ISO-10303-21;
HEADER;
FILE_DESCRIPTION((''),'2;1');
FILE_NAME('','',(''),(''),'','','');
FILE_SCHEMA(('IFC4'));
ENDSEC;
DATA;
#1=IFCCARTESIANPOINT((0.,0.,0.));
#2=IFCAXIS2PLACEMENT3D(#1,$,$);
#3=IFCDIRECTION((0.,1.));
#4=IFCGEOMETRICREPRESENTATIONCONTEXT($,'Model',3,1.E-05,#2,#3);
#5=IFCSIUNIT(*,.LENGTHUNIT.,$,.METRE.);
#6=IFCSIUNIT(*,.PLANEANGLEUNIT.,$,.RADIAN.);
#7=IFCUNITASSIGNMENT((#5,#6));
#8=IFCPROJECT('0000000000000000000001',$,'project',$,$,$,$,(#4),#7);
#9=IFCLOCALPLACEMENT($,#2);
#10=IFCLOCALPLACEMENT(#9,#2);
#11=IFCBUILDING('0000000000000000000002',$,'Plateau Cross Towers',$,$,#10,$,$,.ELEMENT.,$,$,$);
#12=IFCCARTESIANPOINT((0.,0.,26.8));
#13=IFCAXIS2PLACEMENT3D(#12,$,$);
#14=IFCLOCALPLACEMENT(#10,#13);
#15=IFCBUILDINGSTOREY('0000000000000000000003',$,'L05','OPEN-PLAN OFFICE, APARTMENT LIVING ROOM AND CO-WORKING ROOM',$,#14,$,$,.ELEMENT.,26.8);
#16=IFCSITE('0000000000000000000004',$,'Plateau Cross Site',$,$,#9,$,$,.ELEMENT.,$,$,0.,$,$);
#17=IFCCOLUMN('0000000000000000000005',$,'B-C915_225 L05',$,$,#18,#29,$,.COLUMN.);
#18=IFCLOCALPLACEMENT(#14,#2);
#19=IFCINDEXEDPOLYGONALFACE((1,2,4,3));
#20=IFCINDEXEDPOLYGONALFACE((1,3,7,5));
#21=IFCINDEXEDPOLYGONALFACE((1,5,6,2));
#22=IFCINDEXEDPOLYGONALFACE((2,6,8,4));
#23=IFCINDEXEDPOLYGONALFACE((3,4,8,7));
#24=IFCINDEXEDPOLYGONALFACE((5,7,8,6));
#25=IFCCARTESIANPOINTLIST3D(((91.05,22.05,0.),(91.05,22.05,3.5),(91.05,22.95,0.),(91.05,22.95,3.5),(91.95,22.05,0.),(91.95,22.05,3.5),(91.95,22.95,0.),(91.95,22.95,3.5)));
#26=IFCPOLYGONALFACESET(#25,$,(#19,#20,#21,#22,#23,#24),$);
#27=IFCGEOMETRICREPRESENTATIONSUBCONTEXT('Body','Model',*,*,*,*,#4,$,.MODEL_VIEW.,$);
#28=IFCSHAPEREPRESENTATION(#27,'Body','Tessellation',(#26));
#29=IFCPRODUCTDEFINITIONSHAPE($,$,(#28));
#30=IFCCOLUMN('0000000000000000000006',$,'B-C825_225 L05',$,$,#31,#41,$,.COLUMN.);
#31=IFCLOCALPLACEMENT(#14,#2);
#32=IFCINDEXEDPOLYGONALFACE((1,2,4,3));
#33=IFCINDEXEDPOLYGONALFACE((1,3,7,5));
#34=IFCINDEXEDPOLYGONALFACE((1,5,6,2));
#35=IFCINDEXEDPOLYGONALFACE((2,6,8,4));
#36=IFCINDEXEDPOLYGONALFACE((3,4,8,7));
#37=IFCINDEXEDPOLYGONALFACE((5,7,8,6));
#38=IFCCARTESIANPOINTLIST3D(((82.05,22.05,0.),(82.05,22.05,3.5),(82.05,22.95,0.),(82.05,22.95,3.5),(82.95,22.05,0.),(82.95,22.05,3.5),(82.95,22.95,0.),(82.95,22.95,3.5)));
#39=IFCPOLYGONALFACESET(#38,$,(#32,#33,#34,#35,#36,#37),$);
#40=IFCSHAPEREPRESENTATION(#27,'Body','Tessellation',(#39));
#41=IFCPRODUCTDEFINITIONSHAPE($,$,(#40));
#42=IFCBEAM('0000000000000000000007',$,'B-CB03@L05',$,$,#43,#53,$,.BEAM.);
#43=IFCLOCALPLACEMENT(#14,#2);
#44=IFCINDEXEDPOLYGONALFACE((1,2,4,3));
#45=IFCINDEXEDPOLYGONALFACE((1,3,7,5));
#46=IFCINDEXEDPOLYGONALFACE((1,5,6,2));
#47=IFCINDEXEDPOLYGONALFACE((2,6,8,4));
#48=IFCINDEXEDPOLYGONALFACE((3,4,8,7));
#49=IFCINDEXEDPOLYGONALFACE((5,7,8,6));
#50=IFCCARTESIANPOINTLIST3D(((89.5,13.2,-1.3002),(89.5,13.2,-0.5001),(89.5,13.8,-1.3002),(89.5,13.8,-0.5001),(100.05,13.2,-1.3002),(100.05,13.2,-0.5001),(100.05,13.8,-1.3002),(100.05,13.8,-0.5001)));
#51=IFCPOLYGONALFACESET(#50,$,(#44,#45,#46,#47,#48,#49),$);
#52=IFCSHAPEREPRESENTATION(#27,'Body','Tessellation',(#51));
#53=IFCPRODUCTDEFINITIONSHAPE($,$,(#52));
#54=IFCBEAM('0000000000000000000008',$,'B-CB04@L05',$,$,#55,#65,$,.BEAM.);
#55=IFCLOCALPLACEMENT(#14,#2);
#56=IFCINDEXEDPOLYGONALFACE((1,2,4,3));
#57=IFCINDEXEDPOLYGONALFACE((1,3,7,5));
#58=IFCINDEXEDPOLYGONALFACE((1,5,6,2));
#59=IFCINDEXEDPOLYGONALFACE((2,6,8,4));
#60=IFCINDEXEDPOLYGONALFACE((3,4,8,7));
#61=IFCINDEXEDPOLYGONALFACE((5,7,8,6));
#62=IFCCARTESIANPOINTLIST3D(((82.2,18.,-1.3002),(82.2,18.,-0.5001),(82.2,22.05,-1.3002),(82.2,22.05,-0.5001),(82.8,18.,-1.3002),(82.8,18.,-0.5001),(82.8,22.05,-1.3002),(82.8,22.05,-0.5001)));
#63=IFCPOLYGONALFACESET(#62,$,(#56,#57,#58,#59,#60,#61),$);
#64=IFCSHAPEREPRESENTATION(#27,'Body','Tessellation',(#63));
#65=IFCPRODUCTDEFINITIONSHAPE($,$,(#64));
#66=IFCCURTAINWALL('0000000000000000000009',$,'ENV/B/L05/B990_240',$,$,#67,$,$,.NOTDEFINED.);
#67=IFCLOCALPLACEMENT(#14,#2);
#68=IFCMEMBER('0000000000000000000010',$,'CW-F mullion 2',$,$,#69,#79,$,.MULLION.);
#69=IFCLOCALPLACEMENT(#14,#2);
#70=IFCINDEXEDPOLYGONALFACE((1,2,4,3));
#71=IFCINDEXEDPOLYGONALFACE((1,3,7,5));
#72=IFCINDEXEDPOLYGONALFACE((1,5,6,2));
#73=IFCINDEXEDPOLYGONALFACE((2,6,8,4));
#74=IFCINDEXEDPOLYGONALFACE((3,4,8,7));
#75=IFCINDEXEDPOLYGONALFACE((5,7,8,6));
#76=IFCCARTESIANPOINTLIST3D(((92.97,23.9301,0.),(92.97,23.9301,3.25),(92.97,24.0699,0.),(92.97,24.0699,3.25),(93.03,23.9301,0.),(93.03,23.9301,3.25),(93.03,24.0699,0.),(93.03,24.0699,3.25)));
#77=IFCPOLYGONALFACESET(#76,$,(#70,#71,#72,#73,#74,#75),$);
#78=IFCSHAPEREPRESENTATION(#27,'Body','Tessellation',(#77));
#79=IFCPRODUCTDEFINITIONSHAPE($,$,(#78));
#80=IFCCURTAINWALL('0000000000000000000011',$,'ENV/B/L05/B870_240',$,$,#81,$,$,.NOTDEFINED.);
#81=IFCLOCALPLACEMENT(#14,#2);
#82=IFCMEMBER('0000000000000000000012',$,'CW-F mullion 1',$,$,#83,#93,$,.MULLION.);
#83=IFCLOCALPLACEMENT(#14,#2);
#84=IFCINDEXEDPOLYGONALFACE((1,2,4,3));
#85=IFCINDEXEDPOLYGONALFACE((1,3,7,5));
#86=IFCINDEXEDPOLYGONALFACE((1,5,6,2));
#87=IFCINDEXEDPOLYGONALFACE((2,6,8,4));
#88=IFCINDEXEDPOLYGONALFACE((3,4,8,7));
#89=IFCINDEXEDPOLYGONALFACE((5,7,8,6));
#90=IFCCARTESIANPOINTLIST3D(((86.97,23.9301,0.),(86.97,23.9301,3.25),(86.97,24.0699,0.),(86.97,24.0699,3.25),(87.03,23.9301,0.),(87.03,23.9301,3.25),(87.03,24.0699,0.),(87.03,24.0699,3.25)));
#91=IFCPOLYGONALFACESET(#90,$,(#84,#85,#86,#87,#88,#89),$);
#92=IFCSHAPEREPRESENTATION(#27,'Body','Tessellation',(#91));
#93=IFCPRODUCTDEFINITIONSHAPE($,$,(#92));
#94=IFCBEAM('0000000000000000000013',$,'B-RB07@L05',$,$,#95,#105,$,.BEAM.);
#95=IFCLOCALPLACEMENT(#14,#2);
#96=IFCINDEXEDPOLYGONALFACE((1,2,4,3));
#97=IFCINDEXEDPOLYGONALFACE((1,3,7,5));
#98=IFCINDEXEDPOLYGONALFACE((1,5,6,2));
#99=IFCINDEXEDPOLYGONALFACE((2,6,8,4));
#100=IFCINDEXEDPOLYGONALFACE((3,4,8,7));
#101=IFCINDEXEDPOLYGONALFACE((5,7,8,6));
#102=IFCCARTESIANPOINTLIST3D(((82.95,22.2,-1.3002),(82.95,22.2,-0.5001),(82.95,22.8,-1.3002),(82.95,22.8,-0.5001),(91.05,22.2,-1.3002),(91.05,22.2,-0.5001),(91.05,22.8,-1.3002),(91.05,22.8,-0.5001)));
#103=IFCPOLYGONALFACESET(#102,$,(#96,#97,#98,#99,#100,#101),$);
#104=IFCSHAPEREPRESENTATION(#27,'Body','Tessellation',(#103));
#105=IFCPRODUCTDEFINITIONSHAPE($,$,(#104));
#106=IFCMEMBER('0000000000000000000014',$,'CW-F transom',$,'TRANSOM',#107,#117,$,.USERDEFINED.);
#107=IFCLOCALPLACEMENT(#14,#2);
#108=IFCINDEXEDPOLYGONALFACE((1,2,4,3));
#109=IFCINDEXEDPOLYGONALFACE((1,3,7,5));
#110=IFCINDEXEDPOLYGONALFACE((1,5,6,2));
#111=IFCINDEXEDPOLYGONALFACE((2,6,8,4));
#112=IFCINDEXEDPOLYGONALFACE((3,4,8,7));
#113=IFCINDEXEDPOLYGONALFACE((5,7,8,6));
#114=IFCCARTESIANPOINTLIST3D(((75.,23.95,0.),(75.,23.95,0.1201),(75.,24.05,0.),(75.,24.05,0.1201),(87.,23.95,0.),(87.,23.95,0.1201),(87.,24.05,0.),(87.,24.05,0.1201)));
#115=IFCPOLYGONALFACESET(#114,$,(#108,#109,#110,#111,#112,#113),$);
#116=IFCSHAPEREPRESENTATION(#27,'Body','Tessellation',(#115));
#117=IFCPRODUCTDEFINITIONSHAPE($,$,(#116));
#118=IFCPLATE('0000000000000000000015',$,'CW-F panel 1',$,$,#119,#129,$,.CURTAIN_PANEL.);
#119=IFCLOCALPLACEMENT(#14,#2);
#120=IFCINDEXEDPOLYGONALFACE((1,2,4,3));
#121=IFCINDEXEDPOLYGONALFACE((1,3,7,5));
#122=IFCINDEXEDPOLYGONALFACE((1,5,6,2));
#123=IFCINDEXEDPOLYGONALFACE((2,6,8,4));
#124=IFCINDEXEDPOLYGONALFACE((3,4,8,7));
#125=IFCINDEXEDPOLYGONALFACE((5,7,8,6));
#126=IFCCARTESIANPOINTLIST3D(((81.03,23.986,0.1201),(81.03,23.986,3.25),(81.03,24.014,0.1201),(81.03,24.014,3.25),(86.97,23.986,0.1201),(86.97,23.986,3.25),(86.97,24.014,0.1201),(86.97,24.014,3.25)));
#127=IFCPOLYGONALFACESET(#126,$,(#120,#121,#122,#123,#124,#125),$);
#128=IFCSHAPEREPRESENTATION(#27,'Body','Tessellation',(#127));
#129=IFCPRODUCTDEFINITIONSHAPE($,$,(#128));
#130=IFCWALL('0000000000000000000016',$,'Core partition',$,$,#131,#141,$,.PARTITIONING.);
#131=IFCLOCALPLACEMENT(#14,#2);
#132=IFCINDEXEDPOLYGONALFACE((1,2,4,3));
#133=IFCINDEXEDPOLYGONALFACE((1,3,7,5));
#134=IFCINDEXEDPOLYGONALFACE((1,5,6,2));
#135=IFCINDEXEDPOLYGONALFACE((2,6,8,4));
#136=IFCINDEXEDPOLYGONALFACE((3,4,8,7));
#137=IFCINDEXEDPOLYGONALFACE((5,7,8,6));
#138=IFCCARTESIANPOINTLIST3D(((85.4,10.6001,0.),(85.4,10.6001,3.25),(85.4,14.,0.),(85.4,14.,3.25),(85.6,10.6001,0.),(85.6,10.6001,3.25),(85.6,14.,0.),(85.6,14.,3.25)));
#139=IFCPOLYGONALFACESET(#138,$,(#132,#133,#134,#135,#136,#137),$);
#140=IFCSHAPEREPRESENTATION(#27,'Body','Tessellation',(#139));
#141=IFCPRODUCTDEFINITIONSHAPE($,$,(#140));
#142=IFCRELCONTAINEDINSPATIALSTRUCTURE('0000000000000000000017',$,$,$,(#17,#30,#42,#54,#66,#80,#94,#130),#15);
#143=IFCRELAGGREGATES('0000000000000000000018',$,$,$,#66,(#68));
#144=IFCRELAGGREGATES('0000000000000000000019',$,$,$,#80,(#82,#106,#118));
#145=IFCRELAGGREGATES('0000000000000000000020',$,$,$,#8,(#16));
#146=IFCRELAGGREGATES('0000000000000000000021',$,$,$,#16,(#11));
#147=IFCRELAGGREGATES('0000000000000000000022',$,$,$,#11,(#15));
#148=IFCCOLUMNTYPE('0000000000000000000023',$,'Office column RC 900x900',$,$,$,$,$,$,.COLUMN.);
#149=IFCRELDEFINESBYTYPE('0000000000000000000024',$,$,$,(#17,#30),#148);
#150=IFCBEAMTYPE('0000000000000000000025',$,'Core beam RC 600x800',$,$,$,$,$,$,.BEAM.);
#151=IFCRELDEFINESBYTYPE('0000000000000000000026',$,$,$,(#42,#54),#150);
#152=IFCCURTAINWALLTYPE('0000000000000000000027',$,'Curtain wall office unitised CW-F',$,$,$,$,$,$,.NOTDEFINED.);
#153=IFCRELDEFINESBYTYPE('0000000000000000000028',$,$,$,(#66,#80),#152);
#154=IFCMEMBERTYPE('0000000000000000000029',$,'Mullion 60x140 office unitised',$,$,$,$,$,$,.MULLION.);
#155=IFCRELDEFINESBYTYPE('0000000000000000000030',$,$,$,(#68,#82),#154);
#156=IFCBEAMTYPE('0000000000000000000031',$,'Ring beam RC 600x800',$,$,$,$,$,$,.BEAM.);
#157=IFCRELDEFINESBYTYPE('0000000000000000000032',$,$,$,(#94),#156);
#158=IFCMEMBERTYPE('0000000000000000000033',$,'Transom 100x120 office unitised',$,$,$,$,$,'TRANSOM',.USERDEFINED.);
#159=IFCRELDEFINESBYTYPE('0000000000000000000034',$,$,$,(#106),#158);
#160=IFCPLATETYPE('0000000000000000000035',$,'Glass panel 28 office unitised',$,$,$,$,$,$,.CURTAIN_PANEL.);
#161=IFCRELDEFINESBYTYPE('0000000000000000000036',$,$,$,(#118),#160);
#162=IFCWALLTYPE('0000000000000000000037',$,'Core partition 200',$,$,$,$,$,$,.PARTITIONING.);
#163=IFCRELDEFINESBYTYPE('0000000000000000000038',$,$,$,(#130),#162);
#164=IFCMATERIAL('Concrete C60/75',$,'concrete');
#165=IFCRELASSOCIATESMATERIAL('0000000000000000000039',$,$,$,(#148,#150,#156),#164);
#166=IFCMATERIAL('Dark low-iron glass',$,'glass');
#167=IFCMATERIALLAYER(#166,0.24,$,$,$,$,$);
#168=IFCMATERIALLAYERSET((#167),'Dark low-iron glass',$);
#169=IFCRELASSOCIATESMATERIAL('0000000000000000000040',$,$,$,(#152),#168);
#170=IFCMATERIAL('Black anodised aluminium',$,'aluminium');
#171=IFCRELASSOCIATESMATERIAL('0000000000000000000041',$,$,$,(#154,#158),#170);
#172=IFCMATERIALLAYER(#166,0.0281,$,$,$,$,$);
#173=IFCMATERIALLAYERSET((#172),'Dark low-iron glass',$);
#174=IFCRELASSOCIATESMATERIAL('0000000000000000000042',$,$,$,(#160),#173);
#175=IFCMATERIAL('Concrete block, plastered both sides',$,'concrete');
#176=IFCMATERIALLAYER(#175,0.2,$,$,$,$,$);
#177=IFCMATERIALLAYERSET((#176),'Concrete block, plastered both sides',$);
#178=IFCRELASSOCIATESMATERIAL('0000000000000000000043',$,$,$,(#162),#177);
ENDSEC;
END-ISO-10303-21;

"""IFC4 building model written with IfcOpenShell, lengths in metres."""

from ifc_helpers import new_model, si_unit, direction, frame, frame_2d, origin, origin_2d, place, context, subcontext, project, spatial, rectangle, extrude, material, layer, layer_set, material_profile, profile_set, type_object, element, aggregate, save


model = new_model("IFC4")

# Units and contexts
model_context = context("Model", 3, precision=1e-05, world=origin(), true_north=direction((0.0, 1.0)))
body_context = subcontext(model_context, "Body", "Model", "MODEL_VIEW")
ifc_project = project(units=[si_unit("LENGTHUNIT", "METRE"), si_unit("PLANEANGLEUNIT", "RADIAN")], contexts=[model_context])

# Site, building, storey
site_placement = place(None, origin())
site = spatial("IfcSite", under=ifc_project, at=site_placement, Name="Plateau Cross Site", CompositionType="ELEMENT", RefElevation=0.0)
building_placement = place(site_placement, origin())
building = spatial("IfcBuilding", under=site, at=building_placement, Name="Plateau Cross Towers", CompositionType="ELEMENT")
storey_placement = place(building_placement, frame((0.0, 0.0, 26.8)))
storey = spatial("IfcBuildingStorey", under=building, at=storey_placement, Name="L05", Description="OPEN-PLAN OFFICE, APARTMENT LIVING ROOM AND CO-WORKING ROOM", CompositionType="ELEMENT", Elevation=26.8)

# Columns
ifc_material_1 = material(Name="Concrete C60/75", Category="concrete")
ifc_material_profile_1 = material_profile(ifc_material_1, rectangle(XDim=0.8999, YDim=0.8999, at=origin_2d()), Name="RC 900x900")
ifc_profile_set_1 = profile_set([ifc_material_profile_1], Name="Concrete C60/75")
column_type = type_object("IfcColumnType", Name="Office column RC 900x900", PredefinedType="COLUMN", material=ifc_profile_set_1)
for number, where, z_axis, x_axis, name in (
    (1, (91.5, 22.5, 0.0), (0.0, 0.0, 1.0), (1.0, 0.0, 0.0), "B-C915_225 L05"),
    (2, (82.5, 22.5, 0.0), (0.0, 0.0, 1.0), (1.0, 0.0, 0.0), "B-C825_225 L05"),
):
    element("IfcColumn", number, at=place(storey_placement, frame(where, z_axis=z_axis, x_axis=x_axis)), inside=storey, type_object=column_type, Name=name, PredefinedType="COLUMN", context=body_context, shape_type="SweptSolid", body=[
        extrude(rectangle(XDim=0.8999, YDim=0.8999, at=origin_2d()), origin(), (0.0, 0.0, 1.0), 3.5),
    ])

# Beams
ifc_material_profile_2 = material_profile(ifc_material_1, rectangle(XDim=0.6001, YDim=0.8, at=origin_2d()), Name="RC 600x800")
ifc_profile_set_2 = profile_set([ifc_material_profile_2], Name="Concrete C60/75")
beam_type_1 = type_object("IfcBeamType", Name="Core beam RC 600x800", PredefinedType="BEAM", material=ifc_profile_set_2)
beam_1_placement = place(storey_placement, frame((89.5, 13.5, -0.9001), z_axis=(1.0, 0.0, 0.0), x_axis=(0.0, 1.0, 0.0)))
element("IfcBeam", 3, at=beam_1_placement, inside=storey, type_object=beam_type_1, Name="B-CB03@L05", PredefinedType="BEAM", context=body_context, shape_type="SweptSolid", body=[
    extrude(rectangle(XDim=0.6001, YDim=0.8, at=origin_2d()), origin(), (0.0, 0.0, 1.0), 10.55),
])
beam_2_placement = place(storey_placement, frame((82.5, 18.0, -0.9001), z_axis=(0.0, 1.0, 0.0), x_axis=(-1.0, 0.0, 0.0)))
element("IfcBeam", 4, at=beam_2_placement, inside=storey, type_object=beam_type_1, Name="B-CB04@L05", PredefinedType="BEAM", context=body_context, shape_type="SweptSolid", body=[
    extrude(rectangle(XDim=0.6001, YDim=0.8, at=origin_2d()), origin(), (0.0, 0.0, 1.0), 4.05),
])

# Curtain walls, members
ifc_material_2 = material(Name="Dark low-iron glass", Category="glass")
ifc_layer_1 = layer(ifc_material_2, 0.24)
ifc_layer_set_1 = layer_set([ifc_layer_1], Name="Dark low-iron glass")
curtain_wall_type = type_object("IfcCurtainWallType", Name="Curtain wall office unitised CW-F", PredefinedType="NOTDEFINED", material=ifc_layer_set_1)
curtain_wall_1_placement = place(storey_placement, origin())
curtain_wall_1 = element("IfcCurtainWall", 5, at=curtain_wall_1_placement, inside=storey, type_object=curtain_wall_type, Name="ENV/B/L05/B990_240", PredefinedType="NOTDEFINED")
ifc_material_3 = material(Name="Black anodised aluminium", Category="aluminium")
ifc_material_profile_3 = material_profile(ifc_material_3, rectangle(XDim=0.0601, YDim=0.1399, at=origin_2d()), Name="MULLION 60x140")
ifc_profile_set_3 = profile_set([ifc_material_profile_3], Name="Black anodised aluminium")
member_type_1 = type_object("IfcMemberType", Name="Mullion 60x140 office unitised", PredefinedType="MULLION", material=ifc_profile_set_3)
member_1_placement = place(storey_placement, frame((93.0, 24.0, 0.0), z_axis=(0.0, 0.0, 1.0), x_axis=(-1.0, 0.0, 0.0)))
member_1 = element("IfcMember", 6, at=member_1_placement, type_object=member_type_1, Name="CW-F mullion 2", PredefinedType="MULLION", context=body_context, shape_type="SweptSolid", body=[
    extrude(rectangle(XDim=0.0601, YDim=0.1399, at=origin_2d()), origin(), (0.0, 0.0, 1.0), 3.25),
])
aggregate(curtain_wall_1, [member_1])
curtain_wall_2_placement = place(storey_placement, origin())
curtain_wall_2 = element("IfcCurtainWall", 7, at=curtain_wall_2_placement, inside=storey, type_object=curtain_wall_type, Name="ENV/B/L05/B870_240", PredefinedType="NOTDEFINED")
member_2_placement = place(storey_placement, frame((87.0, 24.0, 0.0), z_axis=(0.0, 0.0, 1.0), x_axis=(-1.0, 0.0, 0.0)))
member_2 = element("IfcMember", 8, at=member_2_placement, type_object=member_type_1, Name="CW-F mullion 1", PredefinedType="MULLION", context=body_context, shape_type="SweptSolid", body=[
    extrude(rectangle(XDim=0.0601, YDim=0.1399, at=origin_2d()), origin(), (0.0, 0.0, 1.0), 3.25),
])

# Beam
ifc_material_profile_4 = material_profile(ifc_material_1, rectangle(XDim=0.6001, YDim=0.8, at=origin_2d()), Name="RC 600x800")
ifc_profile_set_4 = profile_set([ifc_material_profile_4], Name="Concrete C60/75")
beam_type_2 = type_object("IfcBeamType", Name="Ring beam RC 600x800", PredefinedType="BEAM", material=ifc_profile_set_4)
beam_3_placement = place(storey_placement, frame((91.05, 22.5, -0.9001), z_axis=(-1.0, 0.0, 0.0), x_axis=(0.0, -1.0, 0.0)))
element("IfcBeam", 9, at=beam_3_placement, inside=storey, type_object=beam_type_2, Name="B-RB07@L05", PredefinedType="BEAM", context=body_context, shape_type="SweptSolid", body=[
    extrude(rectangle(XDim=0.6001, YDim=0.8, at=origin_2d()), origin(), (0.0, 0.0, 1.0), 8.1001),
])

# Member
ifc_material_profile_5 = material_profile(ifc_material_3, rectangle(XDim=0.1001, YDim=0.1201, at=origin_2d()), Name="TRANSOM 100x120")
ifc_profile_set_5 = profile_set([ifc_material_profile_5], Name="Black anodised aluminium")
member_type_2 = type_object("IfcMemberType", Name="Transom 100x120 office unitised", ElementType="TRANSOM", PredefinedType="USERDEFINED", material=ifc_profile_set_5)
member_3_placement = place(storey_placement, frame((87.0, 24.0, 0.0601), z_axis=(-1.0, 0.0, 0.0), x_axis=(0.0, -1.0, 0.0)))
member_3 = element("IfcMember", 10, at=member_3_placement, type_object=member_type_2, Name="CW-F transom", ObjectType="TRANSOM", PredefinedType="USERDEFINED", context=body_context, shape_type="SweptSolid", body=[
    extrude(rectangle(XDim=0.1001, YDim=0.1201, at=origin_2d()), origin(), (0.0, 0.0, 1.0), 12.0),
])

# Plate
ifc_layer_2 = layer(ifc_material_2, 0.0281)
ifc_layer_set_2 = layer_set([ifc_layer_2], Name="Dark low-iron glass")
plate_type = type_object("IfcPlateType", Name="Glass panel 28 office unitised", PredefinedType="CURTAIN_PANEL", material=ifc_layer_set_2)
plate_placement = place(storey_placement, frame((84.0, 24.0, 0.1201), z_axis=(0.0, 0.0, 1.0), x_axis=(-1.0, 0.0, 0.0)))
plate = element("IfcPlate", 11, at=plate_placement, type_object=plate_type, Name="CW-F panel 1", PredefinedType="CURTAIN_PANEL", context=body_context, shape_type="SweptSolid", body=[
    extrude(rectangle(XDim=5.9399, YDim=0.0281, at=origin_2d()), origin(), (0.0, 0.0, 1.0), 3.1299),
])
aggregate(curtain_wall_2, [member_2, member_3, plate])

# Wall
ifc_material_4 = material(Name="Concrete block, plastered both sides", Category="concrete")
ifc_layer_3 = layer(ifc_material_4, 0.2)
ifc_layer_set_3 = layer_set([ifc_layer_3], Name="Concrete block, plastered both sides")
wall_type_1 = type_object("IfcWallType", Name="Core partition 200", PredefinedType="PARTITIONING", material=ifc_layer_set_3)
wall_1_placement = place(storey_placement, frame((85.5, 10.6001, 0.0), z_axis=(0.0, 0.0, 1.0), x_axis=(0.0, 1.0, 0.0)))
element("IfcWall", 12, at=wall_1_placement, inside=storey, type_object=wall_type_1, Name="Core partition", PredefinedType="PARTITIONING", context=body_context, shape_type="SweptSolid", body=[
    extrude(rectangle(XDim=3.3999, YDim=0.2, at=frame_2d((1.7, 0.0))), origin(), (0.0, 0.0, 1.0), 3.25),
])

save(model, "model.ifc")
